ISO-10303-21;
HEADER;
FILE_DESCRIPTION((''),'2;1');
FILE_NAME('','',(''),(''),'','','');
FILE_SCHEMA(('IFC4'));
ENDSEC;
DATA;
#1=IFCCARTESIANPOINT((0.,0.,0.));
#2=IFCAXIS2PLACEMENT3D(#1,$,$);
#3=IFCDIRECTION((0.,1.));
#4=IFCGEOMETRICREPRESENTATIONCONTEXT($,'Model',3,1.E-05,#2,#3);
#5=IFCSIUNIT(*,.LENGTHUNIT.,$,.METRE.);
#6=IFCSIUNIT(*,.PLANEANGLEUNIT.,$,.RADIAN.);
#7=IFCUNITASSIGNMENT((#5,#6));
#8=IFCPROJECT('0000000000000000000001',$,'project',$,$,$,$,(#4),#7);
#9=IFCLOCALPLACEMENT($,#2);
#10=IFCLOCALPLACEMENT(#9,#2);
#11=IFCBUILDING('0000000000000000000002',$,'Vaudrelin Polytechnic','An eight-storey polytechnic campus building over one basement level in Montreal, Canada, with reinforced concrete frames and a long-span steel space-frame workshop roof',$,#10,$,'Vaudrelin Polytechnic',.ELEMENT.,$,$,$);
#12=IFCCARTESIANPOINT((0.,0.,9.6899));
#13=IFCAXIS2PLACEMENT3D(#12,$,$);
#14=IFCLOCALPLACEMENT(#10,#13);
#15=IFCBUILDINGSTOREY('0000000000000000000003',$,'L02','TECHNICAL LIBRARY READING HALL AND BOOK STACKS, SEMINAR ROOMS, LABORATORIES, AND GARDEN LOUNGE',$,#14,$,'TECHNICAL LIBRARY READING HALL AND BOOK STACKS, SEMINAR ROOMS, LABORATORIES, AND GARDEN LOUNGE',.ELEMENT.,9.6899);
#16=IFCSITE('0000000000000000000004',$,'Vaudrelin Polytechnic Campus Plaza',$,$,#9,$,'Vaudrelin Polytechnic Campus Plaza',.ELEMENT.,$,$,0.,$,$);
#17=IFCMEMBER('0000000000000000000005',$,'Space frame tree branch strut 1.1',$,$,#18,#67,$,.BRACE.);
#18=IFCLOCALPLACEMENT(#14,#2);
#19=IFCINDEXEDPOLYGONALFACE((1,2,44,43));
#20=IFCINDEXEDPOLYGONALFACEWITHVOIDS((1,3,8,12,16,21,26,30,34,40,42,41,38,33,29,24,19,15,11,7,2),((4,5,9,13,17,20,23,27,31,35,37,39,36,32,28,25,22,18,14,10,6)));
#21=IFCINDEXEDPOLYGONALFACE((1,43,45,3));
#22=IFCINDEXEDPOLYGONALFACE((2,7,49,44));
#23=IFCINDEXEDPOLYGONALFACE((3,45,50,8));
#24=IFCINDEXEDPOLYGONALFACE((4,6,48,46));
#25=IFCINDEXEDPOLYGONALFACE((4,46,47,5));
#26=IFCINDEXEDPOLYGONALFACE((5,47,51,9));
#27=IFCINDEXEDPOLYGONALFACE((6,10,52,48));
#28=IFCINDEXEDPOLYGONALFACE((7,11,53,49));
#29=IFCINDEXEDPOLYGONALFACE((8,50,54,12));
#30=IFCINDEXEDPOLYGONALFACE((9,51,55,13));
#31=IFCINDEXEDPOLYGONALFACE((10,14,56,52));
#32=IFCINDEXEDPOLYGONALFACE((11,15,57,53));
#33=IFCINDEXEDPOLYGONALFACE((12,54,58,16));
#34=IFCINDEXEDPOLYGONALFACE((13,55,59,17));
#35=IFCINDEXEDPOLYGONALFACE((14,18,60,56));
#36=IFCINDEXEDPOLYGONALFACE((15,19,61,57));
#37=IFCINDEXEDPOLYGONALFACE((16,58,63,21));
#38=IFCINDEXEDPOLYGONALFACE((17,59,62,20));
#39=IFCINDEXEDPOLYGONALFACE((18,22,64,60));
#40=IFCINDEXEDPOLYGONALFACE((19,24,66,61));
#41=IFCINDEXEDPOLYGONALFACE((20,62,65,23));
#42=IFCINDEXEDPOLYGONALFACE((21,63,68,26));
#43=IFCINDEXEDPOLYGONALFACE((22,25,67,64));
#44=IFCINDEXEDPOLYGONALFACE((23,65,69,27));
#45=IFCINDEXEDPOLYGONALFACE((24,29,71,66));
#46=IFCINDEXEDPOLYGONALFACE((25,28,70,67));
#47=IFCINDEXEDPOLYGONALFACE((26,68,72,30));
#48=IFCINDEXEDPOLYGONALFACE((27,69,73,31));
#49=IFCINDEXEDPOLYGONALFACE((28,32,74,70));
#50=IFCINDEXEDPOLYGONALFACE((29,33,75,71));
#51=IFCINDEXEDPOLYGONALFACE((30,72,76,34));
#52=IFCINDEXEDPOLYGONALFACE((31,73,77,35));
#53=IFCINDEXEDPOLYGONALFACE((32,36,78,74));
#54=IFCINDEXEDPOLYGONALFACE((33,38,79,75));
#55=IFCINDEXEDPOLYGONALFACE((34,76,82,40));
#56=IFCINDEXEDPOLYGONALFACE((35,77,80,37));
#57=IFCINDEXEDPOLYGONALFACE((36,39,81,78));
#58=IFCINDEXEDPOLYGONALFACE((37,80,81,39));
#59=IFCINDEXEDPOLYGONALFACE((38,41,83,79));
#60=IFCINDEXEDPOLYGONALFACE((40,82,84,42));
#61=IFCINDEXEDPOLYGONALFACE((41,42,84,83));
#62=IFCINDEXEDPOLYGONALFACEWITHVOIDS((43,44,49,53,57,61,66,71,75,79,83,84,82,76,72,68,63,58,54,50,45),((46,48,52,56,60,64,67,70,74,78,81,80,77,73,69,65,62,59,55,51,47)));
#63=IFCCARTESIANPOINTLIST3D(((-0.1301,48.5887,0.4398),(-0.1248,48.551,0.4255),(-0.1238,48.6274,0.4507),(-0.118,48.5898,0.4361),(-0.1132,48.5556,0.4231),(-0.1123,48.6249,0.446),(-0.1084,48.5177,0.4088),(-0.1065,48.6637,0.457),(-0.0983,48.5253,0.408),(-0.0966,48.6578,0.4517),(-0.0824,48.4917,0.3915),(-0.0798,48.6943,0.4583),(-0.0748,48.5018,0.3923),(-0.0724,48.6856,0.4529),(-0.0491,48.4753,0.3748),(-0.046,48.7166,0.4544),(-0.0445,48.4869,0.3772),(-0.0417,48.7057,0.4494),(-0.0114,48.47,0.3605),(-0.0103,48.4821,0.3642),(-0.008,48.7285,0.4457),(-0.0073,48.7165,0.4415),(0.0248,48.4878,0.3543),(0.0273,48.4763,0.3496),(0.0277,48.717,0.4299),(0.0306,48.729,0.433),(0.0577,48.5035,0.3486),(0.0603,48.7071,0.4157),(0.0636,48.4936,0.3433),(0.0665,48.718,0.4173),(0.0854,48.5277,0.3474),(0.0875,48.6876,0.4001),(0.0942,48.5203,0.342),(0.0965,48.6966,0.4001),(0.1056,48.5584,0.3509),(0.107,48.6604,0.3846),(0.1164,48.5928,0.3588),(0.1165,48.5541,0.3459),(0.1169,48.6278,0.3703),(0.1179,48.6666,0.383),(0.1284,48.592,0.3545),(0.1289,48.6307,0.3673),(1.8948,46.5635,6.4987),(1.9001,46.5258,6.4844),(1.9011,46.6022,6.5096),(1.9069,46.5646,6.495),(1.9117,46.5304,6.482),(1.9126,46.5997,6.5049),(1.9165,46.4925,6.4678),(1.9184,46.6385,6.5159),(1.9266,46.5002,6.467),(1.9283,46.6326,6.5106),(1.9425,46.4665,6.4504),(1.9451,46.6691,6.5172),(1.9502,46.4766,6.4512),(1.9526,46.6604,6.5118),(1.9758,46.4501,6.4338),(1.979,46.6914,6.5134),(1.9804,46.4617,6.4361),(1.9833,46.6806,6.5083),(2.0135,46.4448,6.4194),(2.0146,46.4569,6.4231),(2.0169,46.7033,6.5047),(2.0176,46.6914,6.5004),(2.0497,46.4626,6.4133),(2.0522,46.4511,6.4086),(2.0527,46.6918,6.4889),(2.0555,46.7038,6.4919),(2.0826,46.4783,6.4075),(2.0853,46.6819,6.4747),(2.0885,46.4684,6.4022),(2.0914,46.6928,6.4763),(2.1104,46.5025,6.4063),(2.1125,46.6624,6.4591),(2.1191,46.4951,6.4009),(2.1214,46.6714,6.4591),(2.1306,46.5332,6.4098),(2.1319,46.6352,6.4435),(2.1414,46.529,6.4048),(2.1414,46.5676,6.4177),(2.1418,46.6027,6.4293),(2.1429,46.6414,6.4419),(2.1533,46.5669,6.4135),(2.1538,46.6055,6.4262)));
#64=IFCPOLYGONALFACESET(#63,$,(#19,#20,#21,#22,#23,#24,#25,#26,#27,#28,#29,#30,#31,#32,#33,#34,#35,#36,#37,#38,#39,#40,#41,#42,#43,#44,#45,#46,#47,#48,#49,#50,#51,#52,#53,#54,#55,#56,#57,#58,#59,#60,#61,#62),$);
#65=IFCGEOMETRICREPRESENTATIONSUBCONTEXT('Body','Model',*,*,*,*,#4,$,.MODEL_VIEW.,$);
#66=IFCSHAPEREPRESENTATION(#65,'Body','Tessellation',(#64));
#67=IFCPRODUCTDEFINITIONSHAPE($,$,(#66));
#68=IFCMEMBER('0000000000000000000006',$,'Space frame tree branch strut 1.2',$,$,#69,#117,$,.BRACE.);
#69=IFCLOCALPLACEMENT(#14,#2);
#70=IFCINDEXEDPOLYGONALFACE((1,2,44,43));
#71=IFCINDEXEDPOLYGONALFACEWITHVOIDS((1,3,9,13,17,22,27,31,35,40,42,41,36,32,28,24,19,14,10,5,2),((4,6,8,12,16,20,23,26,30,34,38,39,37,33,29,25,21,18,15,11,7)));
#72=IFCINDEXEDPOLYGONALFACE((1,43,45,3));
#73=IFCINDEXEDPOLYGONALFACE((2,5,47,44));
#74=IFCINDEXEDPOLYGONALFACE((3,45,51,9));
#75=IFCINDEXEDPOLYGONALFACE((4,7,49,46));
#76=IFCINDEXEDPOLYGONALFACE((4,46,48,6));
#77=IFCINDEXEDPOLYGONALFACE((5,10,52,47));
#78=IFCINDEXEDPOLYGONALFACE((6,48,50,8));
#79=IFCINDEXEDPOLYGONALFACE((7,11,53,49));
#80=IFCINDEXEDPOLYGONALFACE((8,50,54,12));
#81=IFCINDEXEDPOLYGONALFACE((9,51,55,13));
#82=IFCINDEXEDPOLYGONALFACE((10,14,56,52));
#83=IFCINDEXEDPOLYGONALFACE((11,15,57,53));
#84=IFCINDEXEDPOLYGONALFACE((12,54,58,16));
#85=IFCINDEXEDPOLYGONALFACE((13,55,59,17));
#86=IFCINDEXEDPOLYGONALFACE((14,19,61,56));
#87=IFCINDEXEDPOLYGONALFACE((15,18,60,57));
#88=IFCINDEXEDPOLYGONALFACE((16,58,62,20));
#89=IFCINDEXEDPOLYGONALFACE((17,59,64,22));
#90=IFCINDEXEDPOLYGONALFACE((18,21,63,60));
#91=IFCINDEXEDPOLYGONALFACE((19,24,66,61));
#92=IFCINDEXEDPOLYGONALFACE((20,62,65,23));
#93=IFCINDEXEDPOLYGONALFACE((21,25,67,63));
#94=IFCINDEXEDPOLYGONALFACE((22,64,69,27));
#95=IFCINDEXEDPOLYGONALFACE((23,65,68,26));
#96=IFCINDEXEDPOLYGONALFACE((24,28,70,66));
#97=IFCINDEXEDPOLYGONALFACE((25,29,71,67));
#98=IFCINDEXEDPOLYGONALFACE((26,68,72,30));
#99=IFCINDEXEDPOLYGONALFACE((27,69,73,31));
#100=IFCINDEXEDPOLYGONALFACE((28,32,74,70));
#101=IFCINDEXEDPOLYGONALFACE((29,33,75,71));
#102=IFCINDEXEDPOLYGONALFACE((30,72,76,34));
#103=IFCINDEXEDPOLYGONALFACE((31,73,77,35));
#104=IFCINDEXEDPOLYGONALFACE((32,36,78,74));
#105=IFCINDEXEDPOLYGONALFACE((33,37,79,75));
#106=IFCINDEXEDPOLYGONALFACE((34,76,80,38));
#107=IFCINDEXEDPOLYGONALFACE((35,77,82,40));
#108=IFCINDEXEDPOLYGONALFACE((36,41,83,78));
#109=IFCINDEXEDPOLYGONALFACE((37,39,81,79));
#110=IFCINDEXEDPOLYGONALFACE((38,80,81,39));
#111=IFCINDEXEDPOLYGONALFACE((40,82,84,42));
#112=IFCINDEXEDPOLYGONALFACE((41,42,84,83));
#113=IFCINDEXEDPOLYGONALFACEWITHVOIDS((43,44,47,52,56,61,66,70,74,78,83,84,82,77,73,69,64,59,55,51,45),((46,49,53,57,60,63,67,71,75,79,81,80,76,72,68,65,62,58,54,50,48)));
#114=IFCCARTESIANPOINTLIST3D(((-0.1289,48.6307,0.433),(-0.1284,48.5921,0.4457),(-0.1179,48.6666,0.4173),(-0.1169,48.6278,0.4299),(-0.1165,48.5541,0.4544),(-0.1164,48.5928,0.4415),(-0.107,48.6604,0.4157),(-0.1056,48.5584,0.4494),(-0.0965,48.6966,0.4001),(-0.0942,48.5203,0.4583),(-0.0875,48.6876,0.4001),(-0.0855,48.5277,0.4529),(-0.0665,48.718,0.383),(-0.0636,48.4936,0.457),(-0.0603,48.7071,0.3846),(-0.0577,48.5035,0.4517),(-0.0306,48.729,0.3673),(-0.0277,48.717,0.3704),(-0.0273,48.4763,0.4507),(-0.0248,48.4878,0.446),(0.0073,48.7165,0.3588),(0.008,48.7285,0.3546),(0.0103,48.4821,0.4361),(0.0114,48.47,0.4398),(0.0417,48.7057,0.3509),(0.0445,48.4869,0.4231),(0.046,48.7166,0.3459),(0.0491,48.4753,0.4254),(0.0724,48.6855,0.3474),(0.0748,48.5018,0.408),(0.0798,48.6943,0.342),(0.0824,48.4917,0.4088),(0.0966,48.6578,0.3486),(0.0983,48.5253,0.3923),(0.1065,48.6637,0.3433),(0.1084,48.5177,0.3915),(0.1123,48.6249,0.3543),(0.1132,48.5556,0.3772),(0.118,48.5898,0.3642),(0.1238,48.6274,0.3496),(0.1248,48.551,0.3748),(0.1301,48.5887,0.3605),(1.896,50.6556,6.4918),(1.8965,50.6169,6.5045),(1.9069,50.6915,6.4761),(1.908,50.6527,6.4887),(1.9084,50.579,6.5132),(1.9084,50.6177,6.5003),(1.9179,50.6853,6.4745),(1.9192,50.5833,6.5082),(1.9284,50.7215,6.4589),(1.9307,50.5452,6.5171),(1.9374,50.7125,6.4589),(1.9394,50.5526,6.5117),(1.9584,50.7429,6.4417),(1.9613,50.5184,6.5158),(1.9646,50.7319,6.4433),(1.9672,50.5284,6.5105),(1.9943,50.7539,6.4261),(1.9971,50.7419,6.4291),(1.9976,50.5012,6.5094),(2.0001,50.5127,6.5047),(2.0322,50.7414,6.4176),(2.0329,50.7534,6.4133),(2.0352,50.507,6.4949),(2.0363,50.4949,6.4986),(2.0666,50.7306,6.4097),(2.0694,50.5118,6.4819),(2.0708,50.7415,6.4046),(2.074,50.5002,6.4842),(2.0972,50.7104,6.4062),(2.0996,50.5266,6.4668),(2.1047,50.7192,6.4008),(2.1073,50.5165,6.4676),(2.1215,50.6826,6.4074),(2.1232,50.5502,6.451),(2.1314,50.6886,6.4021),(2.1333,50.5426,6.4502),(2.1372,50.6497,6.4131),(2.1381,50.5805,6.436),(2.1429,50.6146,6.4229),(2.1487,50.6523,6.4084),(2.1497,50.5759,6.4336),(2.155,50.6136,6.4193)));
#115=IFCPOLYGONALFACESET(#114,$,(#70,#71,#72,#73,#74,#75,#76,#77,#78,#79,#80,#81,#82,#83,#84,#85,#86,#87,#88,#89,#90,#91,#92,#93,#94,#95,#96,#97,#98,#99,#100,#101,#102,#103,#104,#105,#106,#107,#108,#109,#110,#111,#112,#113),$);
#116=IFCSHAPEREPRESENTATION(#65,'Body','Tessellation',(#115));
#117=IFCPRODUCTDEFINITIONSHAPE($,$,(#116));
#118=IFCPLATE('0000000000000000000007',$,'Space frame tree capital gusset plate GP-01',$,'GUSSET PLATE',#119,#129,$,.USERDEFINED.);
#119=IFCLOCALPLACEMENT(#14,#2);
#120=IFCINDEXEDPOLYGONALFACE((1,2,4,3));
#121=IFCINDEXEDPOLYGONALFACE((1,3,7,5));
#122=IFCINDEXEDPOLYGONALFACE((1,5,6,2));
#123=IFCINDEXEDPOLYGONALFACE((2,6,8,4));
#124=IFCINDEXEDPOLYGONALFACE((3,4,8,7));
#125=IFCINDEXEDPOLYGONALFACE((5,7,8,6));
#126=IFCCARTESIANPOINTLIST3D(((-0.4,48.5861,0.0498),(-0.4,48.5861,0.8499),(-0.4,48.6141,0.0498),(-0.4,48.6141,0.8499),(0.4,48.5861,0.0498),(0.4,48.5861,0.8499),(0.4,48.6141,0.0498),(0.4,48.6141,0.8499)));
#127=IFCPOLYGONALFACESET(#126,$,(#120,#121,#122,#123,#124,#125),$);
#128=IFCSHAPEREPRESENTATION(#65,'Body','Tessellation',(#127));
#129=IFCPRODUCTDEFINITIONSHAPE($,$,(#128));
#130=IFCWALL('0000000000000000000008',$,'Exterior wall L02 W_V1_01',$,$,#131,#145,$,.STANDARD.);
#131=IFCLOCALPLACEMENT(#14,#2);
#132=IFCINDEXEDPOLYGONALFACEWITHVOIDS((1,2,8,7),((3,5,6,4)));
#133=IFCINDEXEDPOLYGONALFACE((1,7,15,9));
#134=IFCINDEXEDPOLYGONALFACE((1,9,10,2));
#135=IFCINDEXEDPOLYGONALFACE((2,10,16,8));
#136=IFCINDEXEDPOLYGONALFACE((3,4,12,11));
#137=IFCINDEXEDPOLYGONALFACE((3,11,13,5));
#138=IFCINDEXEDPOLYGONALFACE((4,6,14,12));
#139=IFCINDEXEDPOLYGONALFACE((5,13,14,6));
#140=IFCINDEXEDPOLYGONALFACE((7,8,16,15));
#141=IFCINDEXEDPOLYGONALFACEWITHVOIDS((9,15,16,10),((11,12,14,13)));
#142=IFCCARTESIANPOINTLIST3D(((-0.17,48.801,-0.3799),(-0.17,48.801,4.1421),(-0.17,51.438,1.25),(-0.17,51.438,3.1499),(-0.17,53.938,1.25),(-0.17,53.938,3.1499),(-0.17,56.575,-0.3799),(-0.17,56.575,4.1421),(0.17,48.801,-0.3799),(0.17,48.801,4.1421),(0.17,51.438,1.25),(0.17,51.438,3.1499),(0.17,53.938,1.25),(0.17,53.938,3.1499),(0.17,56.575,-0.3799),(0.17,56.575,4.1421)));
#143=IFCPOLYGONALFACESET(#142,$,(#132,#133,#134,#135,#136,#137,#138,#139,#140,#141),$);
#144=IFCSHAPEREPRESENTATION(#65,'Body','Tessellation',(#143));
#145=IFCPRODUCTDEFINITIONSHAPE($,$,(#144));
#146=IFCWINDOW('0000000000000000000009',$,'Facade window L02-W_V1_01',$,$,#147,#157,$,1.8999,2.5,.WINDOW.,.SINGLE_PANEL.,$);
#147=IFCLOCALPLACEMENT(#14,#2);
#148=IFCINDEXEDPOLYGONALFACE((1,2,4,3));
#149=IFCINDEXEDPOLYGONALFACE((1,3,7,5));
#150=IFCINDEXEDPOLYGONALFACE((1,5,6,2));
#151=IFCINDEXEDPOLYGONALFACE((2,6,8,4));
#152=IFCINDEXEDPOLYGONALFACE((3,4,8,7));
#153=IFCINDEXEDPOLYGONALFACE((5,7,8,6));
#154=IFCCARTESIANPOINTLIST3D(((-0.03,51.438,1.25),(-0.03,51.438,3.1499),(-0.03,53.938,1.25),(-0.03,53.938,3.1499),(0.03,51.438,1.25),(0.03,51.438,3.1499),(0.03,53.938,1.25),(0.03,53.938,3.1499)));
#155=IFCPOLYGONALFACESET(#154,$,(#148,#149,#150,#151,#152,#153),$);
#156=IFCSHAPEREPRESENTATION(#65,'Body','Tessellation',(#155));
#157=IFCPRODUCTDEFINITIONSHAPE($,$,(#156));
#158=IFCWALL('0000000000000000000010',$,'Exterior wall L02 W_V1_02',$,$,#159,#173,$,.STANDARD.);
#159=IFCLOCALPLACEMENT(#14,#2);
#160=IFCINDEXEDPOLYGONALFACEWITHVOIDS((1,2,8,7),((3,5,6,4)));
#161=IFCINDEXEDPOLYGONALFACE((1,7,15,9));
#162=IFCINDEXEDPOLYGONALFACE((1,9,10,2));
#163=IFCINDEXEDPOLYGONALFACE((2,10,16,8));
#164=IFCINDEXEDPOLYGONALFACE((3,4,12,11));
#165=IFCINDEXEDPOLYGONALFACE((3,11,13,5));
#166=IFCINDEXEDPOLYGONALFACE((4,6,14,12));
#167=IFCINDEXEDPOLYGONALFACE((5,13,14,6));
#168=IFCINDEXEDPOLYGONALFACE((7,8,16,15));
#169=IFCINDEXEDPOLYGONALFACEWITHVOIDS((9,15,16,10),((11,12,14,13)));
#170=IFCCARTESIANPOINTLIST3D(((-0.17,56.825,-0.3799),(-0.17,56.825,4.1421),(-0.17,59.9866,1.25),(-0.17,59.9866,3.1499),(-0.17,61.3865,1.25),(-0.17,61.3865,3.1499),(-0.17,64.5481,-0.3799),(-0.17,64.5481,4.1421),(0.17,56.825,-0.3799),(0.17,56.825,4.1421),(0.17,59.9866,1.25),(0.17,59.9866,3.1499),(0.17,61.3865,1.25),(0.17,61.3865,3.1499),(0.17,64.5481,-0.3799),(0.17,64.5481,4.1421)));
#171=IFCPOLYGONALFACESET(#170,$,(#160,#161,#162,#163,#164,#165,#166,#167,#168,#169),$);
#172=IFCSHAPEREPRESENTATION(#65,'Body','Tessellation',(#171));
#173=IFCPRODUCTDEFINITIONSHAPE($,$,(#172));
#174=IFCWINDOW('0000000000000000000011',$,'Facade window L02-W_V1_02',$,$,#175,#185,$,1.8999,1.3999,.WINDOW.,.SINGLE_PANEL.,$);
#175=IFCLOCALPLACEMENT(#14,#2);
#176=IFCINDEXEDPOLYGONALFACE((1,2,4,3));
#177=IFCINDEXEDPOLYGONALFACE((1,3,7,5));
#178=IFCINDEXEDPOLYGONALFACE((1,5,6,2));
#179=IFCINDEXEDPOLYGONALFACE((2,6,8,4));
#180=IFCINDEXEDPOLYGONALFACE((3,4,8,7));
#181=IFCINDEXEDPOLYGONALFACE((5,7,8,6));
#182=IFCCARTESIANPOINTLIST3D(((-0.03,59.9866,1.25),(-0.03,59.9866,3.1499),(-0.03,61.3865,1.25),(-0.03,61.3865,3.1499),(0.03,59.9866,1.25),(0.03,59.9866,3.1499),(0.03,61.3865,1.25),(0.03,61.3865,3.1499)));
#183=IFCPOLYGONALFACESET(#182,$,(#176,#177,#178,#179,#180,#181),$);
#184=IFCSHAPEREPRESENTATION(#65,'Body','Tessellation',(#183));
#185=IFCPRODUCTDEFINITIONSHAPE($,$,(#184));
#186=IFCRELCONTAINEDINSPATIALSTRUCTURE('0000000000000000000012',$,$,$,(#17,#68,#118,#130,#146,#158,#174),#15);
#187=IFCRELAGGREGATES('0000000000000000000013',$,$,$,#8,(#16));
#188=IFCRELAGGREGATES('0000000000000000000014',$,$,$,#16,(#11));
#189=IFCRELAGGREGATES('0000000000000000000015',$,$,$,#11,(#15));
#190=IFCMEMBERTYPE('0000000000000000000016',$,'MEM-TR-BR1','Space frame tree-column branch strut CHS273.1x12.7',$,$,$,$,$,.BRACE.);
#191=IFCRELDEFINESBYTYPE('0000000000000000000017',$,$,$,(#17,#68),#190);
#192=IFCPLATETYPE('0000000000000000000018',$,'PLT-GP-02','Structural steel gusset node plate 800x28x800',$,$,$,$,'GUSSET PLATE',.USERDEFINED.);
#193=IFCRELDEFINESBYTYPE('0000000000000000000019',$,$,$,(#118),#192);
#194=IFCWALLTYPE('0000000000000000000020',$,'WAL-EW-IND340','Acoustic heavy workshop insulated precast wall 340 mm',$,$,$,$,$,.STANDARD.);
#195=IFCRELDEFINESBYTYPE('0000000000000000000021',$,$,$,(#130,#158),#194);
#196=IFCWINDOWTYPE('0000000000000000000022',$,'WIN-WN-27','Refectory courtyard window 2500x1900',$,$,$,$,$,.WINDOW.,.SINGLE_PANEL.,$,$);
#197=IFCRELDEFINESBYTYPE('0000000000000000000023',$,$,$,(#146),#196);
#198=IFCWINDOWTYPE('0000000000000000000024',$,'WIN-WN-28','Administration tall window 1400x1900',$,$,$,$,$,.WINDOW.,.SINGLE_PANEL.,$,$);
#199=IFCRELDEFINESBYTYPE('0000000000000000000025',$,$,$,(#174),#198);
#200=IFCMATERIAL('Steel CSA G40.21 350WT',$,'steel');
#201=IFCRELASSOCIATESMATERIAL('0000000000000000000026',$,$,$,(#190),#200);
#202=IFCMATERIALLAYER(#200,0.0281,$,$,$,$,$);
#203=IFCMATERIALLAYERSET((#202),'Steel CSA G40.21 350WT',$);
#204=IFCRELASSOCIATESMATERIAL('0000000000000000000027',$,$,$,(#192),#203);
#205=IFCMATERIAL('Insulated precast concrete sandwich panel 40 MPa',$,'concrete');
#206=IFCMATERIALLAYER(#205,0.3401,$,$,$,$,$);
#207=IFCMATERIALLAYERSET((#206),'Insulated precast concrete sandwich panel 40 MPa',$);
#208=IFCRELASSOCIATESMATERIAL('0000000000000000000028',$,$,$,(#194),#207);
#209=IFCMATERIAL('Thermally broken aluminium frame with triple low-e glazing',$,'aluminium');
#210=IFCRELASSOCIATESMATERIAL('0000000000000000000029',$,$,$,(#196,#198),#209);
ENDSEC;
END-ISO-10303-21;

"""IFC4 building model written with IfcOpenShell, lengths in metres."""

from ifc_helpers import new_model, si_unit, direction, frame, frame_2d, origin, origin_2d, place, context, subcontext, project, spatial, rectangle, hollow_circle, extrude, material, layer, layer_set, material_profile, profile_set, type_object, element, fill, save


model = new_model("IFC4")

# Units and contexts
model_context = context("Model", 3, precision=1e-05, world=origin(), true_north=direction((0.0, 1.0)))
body_context = subcontext(model_context, "Body", "Model", "MODEL_VIEW")
ifc_project = project(units=[si_unit("LENGTHUNIT", "METRE"), si_unit("PLANEANGLEUNIT", "RADIAN")], contexts=[model_context])

# Site, building, storey
site_placement = place(None, origin())
site = spatial("IfcSite", under=ifc_project, at=site_placement, Name="Vaudrelin Polytechnic Campus Plaza", LongName="Vaudrelin Polytechnic Campus Plaza", CompositionType="ELEMENT", RefElevation=0.0)
building_placement = place(site_placement, origin())
building = spatial("IfcBuilding", under=site, at=building_placement, Name="Vaudrelin Polytechnic", Description="An eight-storey polytechnic campus building over one basement level in Montreal, Canada, with reinforced concrete frames and a long-span steel space-frame workshop roof", LongName="Vaudrelin Polytechnic", CompositionType="ELEMENT")
storey_placement = place(building_placement, frame((0.0, 0.0, 9.6899)))
storey = spatial("IfcBuildingStorey", under=building, at=storey_placement, Name="L02", Description="TECHNICAL LIBRARY READING HALL AND BOOK STACKS, SEMINAR ROOMS, LABORATORIES, AND GARDEN LOUNGE", LongName="TECHNICAL LIBRARY READING HALL AND BOOK STACKS, SEMINAR ROOMS, LABORATORIES, AND GARDEN LOUNGE", CompositionType="ELEMENT", Elevation=9.6899)

# Shared definitions
ifc_material_1 = material(Name="Steel CSA G40.21 350WT", Category="steel")

# Members
ifc_material_profile_1 = material_profile(ifc_material_1, hollow_circle(Radius=0.1365, WallThickness=0.0127, at=origin_2d()), Name="CHS273.1x12.7")
ifc_profile_set_1 = profile_set([ifc_material_profile_1], Name="Steel CSA G40.21 350WT")
member_type = type_object("IfcMemberType", Name="MEM-TR-BR1", Description="Space frame tree-column branch strut CHS273.1x12.7", PredefinedType="BRACE", material=ifc_profile_set_1)
member_1_placement = place(storey_placement, frame((0.0, 48.6001, 0.4001), z_axis=(0.302154, -0.30219, 0.904093), x_axis=(0.707149, 0.707064, 0.0)))
element("IfcMember", 1, at=member_1_placement, inside=storey, type_object=member_type, Name="Space frame tree branch strut 1.1", PredefinedType="BRACE", context=body_context, shape_type="SweptSolid", body=[
    extrude(hollow_circle(Radius=0.1365, WallThickness=0.0127, at=origin_2d()), origin(), (0.0, 0.0, 1.0), 6.7017),
])
member_2_placement = place(storey_placement, frame((0.0, 48.6001, 0.4001), z_axis=(0.302157, 0.302157, 0.904103), x_axis=(-0.707107, 0.707107, 0.0)))
element("IfcMember", 2, at=member_2_placement, inside=storey, type_object=member_type, Name="Space frame tree branch strut 1.2", PredefinedType="BRACE", context=body_context, shape_type="SweptSolid", body=[
    extrude(hollow_circle(Radius=0.1365, WallThickness=0.0127, at=origin_2d()), origin(), (0.0, 0.0, 1.0), 6.7014),
])

# Plate
ifc_layer_1 = layer(ifc_material_1, 0.0281)
ifc_layer_set_1 = layer_set([ifc_layer_1], Name="Steel CSA G40.21 350WT")
plate_type = type_object("IfcPlateType", Name="PLT-GP-02", Description="Structural steel gusset node plate 800x28x800", ElementType="GUSSET PLATE", PredefinedType="USERDEFINED", material=ifc_layer_set_1)
plate_placement = place(storey_placement, frame((0.0, 48.6001, 0.0498), z_axis=(0.0, 0.0, 1.0), x_axis=(1.0, 0.0, 0.0)))
element("IfcPlate", 3, at=plate_placement, inside=storey, type_object=plate_type, Name="Space frame tree capital gusset plate GP-01", ObjectType="GUSSET PLATE", PredefinedType="USERDEFINED", context=body_context, shape_type="SweptSolid", body=[
    extrude(rectangle(XDim=0.8, YDim=0.0281, at=origin_2d()), origin(), (0.0, 0.0, 1.0), 0.8),
])

# Walls, openings, windows
ifc_material_2 = material(Name="Insulated precast concrete sandwich panel 40 MPa", Category="concrete")
ifc_layer_2 = layer(ifc_material_2, 0.3401)
ifc_layer_set_2 = layer_set([ifc_layer_2], Name="Insulated precast concrete sandwich panel 40 MPa")
wall_type_1 = type_object("IfcWallType", Name="WAL-EW-IND340", Description="Acoustic heavy workshop insulated precast wall 340 mm", PredefinedType="STANDARD", material=ifc_layer_set_2)
wall_1_placement = place(storey_placement, frame((0.0, 48.801, -0.3799), z_axis=(0.0, 0.0, 1.0), x_axis=(0.0, 1.0, 0.0)))
wall_1 = element("IfcWall", 4, at=wall_1_placement, inside=storey, type_object=wall_type_1, Name="Exterior wall L02 W_V1_01", PredefinedType="STANDARD", context=body_context, shape_type="SweptSolid", body=[
    extrude(rectangle(XDim=7.7739, YDim=0.3401, at=frame_2d((3.887, 0.0))), origin(), (0.0, 0.0, 1.0), 4.522),
])
opening_1_placement = place(wall_1_placement, frame((2.637, 0.0, 1.6299)))
opening_1 = element("IfcOpeningElement", 5, at=opening_1_placement, cuts=wall_1, PredefinedType="OPENING", context=body_context, shape_type="SweptSolid", body=[
    extrude(rectangle(XDim=2.5, YDim=1.8999, at=frame_2d((1.25, 0.95))), frame((0.0, 0.1802, 0.0), z_axis=(0.0, -1.0, 0.0), x_axis=(1.0, 0.0, 0.0)), (0.0, 0.0, 1.0), 0.3601),
])
ifc_material_3 = material(Name="Thermally broken aluminium frame with triple low-e glazing", Category="aluminium")
window_type_1 = type_object("IfcWindowType", Name="WIN-WN-27", Description="Refectory courtyard window 2500x1900", PartitioningType="SINGLE_PANEL", PredefinedType="WINDOW", material=ifc_material_3)
window_1_placement = place(opening_1_placement, origin())
window_1 = element("IfcWindow", 6, at=window_1_placement, inside=storey, type_object=window_type_1, Name="Facade window L02-W_V1_01", OverallHeight=1.8999, OverallWidth=2.5, PartitioningType="SINGLE_PANEL", PredefinedType="WINDOW", context=body_context, shape_type="SweptSolid", body=[
    extrude(rectangle(XDim=2.5, YDim=1.8999, at=frame_2d((1.25, 0.95))), frame((0.0, 0.03, 0.0), z_axis=(0.0, -1.0, 0.0), x_axis=(1.0, 0.0, 0.0)), (0.0, 0.0, 1.0), 0.0601),
])
fill(opening_1, window_1)
wall_2_placement = place(storey_placement, frame((0.0, 56.825, -0.3799), z_axis=(0.0, 0.0, 1.0), x_axis=(0.0, 1.0, 0.0)))
wall_2 = element("IfcWall", 7, at=wall_2_placement, inside=storey, type_object=wall_type_1, Name="Exterior wall L02 W_V1_02", PredefinedType="STANDARD", context=body_context, shape_type="SweptSolid", body=[
    extrude(rectangle(XDim=7.7231, YDim=0.3401, at=frame_2d((3.8616, 0.0))), origin(), (0.0, 0.0, 1.0), 4.522),
])
opening_2_placement = place(wall_2_placement, frame((3.1616, 0.0, 1.6299)))
opening_2 = element("IfcOpeningElement", 8, at=opening_2_placement, cuts=wall_2, PredefinedType="OPENING", context=body_context, shape_type="SweptSolid", body=[
    extrude(rectangle(XDim=1.3999, YDim=1.8999, at=frame_2d((0.7, 0.95))), frame((0.0, 0.1802, 0.0), z_axis=(0.0, -1.0, 0.0), x_axis=(1.0, 0.0, 0.0)), (0.0, 0.0, 1.0), 0.3601),
])
window_type_2 = type_object("IfcWindowType", Name="WIN-WN-28", Description="Administration tall window 1400x1900", PartitioningType="SINGLE_PANEL", PredefinedType="WINDOW", material=ifc_material_3)
window_2_placement = place(opening_2_placement, origin())
window_2 = element("IfcWindow", 9, at=window_2_placement, inside=storey, type_object=window_type_2, Name="Facade window L02-W_V1_02", OverallHeight=1.8999, OverallWidth=1.3999, PartitioningType="SINGLE_PANEL", PredefinedType="WINDOW", context=body_context, shape_type="SweptSolid", body=[
    extrude(rectangle(XDim=1.3999, YDim=1.8999, at=frame_2d((0.7, 0.95))), frame((0.0, 0.03, 0.0), z_axis=(0.0, -1.0, 0.0), x_axis=(1.0, 0.0, 0.0)), (0.0, 0.0, 1.0), 0.0601),
])
fill(opening_2, window_2)

save(model, "model.ifc")
